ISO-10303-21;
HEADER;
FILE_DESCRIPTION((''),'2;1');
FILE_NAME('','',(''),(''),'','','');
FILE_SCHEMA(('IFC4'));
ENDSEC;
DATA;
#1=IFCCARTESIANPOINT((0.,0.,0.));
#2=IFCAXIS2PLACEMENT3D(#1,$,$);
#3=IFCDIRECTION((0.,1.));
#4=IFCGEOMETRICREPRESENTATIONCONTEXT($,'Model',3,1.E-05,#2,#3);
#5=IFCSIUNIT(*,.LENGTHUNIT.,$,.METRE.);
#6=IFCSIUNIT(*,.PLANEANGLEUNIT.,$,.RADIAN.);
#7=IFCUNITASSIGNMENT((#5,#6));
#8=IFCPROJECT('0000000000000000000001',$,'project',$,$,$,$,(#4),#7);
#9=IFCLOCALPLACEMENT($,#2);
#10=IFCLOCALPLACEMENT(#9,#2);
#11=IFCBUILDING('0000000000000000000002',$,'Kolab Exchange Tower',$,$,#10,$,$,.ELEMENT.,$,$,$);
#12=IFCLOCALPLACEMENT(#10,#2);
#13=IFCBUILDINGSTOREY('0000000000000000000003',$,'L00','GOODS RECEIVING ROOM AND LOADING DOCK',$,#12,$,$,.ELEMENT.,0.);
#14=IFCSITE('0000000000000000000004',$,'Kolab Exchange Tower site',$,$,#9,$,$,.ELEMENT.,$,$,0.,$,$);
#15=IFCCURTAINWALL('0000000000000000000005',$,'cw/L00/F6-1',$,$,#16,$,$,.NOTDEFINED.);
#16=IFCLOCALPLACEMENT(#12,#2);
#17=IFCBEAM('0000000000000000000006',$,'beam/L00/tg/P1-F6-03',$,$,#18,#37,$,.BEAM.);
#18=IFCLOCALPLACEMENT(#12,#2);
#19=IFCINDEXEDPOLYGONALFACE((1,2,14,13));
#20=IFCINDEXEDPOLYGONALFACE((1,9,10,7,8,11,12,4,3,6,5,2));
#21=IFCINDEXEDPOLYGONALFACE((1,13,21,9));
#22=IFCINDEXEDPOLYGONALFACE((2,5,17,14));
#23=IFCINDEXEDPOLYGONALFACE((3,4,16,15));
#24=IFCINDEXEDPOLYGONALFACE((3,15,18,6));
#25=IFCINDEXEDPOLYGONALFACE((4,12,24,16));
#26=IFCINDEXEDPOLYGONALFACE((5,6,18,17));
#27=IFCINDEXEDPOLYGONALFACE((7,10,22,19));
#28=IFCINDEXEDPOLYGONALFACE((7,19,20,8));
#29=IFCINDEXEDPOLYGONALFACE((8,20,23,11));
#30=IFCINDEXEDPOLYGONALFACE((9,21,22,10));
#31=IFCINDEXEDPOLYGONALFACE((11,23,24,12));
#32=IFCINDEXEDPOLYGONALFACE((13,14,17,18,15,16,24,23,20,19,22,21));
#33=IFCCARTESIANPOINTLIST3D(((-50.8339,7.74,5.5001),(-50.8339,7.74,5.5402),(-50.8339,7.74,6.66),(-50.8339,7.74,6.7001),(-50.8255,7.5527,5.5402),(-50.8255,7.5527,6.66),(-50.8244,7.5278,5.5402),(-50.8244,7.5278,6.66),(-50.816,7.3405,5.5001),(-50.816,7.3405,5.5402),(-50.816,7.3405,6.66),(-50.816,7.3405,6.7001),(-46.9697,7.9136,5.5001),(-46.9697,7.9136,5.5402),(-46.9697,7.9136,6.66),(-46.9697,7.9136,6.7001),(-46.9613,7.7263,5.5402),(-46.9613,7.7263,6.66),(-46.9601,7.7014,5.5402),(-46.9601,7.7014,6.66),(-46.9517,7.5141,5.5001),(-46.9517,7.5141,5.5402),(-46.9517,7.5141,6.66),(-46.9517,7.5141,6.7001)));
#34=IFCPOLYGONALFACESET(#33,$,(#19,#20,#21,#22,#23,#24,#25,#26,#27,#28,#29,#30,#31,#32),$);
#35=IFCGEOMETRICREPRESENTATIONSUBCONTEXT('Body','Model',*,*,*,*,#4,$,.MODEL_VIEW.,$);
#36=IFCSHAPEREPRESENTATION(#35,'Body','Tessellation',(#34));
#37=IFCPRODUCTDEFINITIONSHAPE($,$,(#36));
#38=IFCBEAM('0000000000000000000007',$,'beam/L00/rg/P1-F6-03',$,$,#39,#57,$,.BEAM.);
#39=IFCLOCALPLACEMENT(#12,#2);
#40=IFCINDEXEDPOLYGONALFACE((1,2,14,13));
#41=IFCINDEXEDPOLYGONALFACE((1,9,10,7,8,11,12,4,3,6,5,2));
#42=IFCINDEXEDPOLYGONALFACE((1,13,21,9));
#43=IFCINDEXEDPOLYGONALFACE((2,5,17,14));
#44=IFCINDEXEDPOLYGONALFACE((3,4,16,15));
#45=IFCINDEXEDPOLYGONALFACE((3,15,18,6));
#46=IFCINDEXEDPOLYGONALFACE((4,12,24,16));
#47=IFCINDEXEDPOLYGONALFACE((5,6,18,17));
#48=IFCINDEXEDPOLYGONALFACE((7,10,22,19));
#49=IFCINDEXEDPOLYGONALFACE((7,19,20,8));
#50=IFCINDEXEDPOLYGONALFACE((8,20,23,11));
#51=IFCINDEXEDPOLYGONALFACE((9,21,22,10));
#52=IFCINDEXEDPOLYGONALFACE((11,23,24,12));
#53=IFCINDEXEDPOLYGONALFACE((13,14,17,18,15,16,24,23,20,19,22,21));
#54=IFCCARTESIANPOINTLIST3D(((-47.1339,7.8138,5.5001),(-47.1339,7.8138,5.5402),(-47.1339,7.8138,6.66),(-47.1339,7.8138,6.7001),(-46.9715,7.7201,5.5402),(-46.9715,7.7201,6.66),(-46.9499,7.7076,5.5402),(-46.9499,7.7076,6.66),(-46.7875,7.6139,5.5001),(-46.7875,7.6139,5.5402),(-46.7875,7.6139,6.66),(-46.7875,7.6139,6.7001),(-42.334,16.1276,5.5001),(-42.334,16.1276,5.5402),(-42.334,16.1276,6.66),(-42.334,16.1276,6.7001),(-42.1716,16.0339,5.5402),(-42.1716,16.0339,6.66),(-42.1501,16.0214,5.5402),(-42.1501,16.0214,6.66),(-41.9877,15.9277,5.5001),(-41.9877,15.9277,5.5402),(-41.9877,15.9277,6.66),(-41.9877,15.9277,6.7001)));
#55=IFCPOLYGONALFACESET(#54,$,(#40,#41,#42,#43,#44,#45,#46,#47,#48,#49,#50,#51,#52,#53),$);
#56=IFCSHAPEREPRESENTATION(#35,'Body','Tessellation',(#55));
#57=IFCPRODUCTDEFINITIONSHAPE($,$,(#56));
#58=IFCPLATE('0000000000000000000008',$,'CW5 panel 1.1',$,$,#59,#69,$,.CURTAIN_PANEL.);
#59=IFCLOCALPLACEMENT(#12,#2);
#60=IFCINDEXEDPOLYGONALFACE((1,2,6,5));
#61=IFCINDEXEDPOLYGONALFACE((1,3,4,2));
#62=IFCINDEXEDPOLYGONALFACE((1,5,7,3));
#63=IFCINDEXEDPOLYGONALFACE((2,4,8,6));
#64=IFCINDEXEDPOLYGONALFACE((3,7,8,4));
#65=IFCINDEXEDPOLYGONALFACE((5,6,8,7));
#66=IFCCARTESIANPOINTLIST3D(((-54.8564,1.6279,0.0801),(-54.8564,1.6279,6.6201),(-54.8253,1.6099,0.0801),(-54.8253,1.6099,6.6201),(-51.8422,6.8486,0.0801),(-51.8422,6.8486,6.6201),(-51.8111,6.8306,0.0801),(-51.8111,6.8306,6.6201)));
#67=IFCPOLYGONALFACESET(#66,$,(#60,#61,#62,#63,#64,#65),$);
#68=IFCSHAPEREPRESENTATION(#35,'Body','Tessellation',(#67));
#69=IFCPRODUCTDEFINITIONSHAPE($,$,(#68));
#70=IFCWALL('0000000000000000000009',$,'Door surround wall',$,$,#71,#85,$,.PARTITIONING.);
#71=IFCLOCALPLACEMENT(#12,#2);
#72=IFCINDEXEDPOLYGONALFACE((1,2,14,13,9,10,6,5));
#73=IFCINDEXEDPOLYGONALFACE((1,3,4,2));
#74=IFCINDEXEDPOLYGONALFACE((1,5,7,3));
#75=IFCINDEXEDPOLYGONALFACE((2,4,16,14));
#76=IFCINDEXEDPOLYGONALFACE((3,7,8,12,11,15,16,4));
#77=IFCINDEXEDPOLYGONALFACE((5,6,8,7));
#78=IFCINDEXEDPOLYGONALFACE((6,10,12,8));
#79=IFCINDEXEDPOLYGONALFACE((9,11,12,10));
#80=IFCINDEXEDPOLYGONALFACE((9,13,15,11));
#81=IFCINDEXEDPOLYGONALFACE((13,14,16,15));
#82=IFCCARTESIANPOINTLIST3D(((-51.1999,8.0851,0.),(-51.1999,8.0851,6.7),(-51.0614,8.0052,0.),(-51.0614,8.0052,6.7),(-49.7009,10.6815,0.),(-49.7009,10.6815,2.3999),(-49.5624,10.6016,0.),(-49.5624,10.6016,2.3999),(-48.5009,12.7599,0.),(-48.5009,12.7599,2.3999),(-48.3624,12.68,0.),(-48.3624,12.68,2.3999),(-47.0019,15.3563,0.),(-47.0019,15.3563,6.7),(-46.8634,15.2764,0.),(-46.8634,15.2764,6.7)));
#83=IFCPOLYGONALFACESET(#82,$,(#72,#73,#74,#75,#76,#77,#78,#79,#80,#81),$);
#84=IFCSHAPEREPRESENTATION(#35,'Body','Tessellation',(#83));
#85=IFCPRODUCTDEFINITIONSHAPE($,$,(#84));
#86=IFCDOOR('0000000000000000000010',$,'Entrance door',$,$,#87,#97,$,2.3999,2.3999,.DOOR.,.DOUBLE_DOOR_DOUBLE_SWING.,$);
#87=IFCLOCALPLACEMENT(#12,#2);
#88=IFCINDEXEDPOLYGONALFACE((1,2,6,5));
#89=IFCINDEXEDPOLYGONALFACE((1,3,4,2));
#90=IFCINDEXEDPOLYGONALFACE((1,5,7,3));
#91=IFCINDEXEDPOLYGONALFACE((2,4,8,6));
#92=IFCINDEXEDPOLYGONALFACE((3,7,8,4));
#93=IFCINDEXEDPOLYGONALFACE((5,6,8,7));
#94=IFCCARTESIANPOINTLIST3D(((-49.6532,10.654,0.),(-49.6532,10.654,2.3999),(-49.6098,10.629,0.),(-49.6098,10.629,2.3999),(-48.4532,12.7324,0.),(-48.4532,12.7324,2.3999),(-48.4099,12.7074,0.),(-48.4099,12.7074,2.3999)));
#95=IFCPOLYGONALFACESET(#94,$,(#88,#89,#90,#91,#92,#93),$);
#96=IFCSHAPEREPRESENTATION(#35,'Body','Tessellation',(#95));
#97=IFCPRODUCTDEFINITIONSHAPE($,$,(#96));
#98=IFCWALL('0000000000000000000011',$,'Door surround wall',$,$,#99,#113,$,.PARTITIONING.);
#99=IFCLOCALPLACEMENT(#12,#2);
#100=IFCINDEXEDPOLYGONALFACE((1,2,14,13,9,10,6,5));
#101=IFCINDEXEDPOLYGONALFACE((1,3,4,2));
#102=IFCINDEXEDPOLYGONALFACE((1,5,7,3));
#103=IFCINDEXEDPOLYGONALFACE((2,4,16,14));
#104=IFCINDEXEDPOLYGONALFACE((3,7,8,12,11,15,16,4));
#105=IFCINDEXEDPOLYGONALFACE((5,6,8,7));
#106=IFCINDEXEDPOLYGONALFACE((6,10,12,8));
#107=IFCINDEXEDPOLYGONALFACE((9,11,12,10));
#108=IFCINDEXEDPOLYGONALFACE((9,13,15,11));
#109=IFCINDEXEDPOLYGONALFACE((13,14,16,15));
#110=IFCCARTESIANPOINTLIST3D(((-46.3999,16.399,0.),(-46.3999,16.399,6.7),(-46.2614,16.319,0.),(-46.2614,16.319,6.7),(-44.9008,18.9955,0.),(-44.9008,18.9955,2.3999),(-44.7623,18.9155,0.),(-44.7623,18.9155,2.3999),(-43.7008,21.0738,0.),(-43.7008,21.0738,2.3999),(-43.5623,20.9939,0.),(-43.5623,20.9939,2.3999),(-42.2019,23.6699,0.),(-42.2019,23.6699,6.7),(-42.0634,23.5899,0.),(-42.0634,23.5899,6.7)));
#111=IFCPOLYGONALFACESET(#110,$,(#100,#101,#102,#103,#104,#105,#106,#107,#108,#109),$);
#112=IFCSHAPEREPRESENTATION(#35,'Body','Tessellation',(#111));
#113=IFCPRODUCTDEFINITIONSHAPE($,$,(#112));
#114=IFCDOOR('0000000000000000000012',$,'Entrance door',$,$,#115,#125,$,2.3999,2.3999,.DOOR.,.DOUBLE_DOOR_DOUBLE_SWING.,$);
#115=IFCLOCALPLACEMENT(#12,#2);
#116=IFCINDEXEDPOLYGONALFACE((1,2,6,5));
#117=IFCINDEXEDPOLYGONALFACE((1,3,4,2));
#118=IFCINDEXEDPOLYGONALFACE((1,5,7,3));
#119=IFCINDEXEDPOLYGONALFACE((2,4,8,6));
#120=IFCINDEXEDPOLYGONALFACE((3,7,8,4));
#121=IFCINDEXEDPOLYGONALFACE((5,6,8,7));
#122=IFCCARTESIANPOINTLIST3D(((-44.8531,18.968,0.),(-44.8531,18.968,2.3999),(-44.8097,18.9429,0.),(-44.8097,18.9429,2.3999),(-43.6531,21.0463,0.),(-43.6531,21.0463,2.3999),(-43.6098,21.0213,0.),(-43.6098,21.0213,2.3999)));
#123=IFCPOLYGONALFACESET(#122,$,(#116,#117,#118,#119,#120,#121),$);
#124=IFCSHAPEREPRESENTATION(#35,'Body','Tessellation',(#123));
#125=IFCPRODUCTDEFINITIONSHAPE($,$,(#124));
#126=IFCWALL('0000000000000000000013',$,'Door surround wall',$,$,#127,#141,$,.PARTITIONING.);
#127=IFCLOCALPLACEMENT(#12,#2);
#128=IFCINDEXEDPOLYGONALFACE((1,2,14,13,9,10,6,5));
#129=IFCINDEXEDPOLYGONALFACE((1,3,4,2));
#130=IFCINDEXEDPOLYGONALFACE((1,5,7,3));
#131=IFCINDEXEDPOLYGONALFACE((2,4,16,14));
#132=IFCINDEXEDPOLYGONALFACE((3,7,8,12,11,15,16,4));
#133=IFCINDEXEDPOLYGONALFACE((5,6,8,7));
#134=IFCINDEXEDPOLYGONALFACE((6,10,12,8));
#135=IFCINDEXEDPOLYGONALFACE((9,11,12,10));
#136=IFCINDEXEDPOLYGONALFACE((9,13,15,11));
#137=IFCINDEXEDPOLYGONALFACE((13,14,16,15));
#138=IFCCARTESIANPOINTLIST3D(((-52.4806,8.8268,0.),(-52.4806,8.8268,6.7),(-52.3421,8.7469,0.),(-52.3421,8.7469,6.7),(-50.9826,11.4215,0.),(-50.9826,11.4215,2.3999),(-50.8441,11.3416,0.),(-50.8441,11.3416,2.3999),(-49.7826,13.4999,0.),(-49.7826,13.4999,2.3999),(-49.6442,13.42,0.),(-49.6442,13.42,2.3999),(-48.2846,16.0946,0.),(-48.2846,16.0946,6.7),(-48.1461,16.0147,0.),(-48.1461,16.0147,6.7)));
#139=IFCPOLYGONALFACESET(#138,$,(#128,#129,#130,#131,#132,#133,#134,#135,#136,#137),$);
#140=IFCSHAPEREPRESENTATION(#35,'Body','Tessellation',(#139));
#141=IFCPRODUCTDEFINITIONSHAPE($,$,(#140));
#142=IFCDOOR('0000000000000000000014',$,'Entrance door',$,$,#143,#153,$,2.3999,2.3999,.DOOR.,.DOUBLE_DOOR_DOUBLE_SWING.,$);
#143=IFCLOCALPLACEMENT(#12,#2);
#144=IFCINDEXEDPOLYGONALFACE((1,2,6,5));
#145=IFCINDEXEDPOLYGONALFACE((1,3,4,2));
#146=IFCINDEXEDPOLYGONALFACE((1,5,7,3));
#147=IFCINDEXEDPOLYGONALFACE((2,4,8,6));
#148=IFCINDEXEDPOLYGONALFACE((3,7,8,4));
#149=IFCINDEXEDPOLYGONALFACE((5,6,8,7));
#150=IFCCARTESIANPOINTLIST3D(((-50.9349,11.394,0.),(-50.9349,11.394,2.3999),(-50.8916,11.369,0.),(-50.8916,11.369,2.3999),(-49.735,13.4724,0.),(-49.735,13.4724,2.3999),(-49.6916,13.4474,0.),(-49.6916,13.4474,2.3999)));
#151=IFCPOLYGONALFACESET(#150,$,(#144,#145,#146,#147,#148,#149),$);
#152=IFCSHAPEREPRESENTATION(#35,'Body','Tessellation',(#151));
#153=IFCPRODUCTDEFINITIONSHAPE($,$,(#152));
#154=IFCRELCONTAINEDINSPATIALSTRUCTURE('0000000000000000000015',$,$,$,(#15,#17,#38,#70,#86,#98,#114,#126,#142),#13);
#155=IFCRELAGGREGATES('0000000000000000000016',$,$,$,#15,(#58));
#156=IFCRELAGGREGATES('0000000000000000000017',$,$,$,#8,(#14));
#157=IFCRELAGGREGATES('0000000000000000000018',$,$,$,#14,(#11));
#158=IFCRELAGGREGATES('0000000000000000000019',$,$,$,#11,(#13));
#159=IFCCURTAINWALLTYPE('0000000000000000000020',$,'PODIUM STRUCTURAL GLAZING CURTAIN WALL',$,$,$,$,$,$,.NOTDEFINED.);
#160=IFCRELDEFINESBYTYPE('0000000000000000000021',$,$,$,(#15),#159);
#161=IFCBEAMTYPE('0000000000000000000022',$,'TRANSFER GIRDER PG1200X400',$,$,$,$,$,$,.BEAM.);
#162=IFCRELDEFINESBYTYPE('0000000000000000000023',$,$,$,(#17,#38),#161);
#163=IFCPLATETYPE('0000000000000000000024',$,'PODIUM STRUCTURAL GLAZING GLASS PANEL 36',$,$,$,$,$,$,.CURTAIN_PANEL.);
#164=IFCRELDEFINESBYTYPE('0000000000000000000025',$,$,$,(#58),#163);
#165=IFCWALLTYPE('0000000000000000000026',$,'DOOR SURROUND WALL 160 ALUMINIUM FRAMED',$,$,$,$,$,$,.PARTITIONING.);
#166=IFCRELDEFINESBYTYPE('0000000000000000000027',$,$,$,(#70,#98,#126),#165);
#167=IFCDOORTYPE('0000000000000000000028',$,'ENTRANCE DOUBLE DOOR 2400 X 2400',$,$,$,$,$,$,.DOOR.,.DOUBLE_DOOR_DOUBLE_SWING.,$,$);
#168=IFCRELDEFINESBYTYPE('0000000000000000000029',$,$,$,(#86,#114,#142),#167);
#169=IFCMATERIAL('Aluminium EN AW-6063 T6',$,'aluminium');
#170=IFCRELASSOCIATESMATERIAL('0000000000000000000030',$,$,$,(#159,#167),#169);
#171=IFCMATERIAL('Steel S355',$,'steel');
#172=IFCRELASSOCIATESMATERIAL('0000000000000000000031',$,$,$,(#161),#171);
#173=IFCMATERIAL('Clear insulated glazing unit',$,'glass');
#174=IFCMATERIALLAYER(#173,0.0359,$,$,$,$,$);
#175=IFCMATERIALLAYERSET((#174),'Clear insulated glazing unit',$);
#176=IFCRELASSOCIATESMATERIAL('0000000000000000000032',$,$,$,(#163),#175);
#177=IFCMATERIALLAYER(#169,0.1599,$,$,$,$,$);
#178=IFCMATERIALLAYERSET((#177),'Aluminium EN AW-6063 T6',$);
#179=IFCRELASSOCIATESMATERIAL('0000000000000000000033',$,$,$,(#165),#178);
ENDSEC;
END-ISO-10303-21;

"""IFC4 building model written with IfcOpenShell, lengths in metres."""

from ifc_helpers import new_model, si_unit, direction, frame, frame_2d, origin, origin_2d, place, context, subcontext, project, spatial, rectangle, i_section, extrude, material, layer, layer_set, material_profile, profile_set, type_object, element, fill, aggregate, save


model = new_model("IFC4")

# Units and contexts
model_context = context("Model", 3, precision=1e-05, world=origin(), true_north=direction((0.0, 1.0)))
body_context = subcontext(model_context, "Body", "Model", "MODEL_VIEW")
ifc_project = project(units=[si_unit("LENGTHUNIT", "METRE"), si_unit("PLANEANGLEUNIT", "RADIAN")], contexts=[model_context])

# Site, building, storey
site_placement = place(None, origin())
site = spatial("IfcSite", under=ifc_project, at=site_placement, Name="Kolab Exchange Tower site", CompositionType="ELEMENT", RefElevation=0.0)
building_placement = place(site_placement, origin())
building = spatial("IfcBuilding", under=site, at=building_placement, Name="Kolab Exchange Tower", CompositionType="ELEMENT")
storey_placement = place(building_placement, origin())
storey = spatial("IfcBuildingStorey", under=building, at=storey_placement, Name="L00", Description="GOODS RECEIVING ROOM AND LOADING DOCK", CompositionType="ELEMENT", Elevation=0.0)

# Curtain wall
ifc_material_1 = material(Name="Aluminium EN AW-6063 T6", Category="aluminium")
curtain_wall_type = type_object("IfcCurtainWallType", Name="PODIUM STRUCTURAL GLAZING CURTAIN WALL", PredefinedType="NOTDEFINED", material=ifc_material_1)
curtain_wall_placement = place(storey_placement, origin())
curtain_wall = element("IfcCurtainWall", 1, at=curtain_wall_placement, inside=storey, type_object=curtain_wall_type, Name="cw/L00/F6-1", PredefinedType="NOTDEFINED")

# Beams
ifc_material_2 = material(Name="Steel S355", Category="steel")
ifc_material_profile_1 = material_profile(ifc_material_2, i_section(OverallWidth=0.3999, OverallDepth=1.2, WebThickness=0.0249, FlangeThickness=0.04, at=origin_2d()), Name="PG1200X400")
ifc_profile_set_1 = profile_set([ifc_material_profile_1], Name="Steel S355")
beam_type = type_object("IfcBeamType", Name="TRANSFER GIRDER PG1200X400", PredefinedType="BEAM", material=ifc_profile_set_1)
beam_1_placement = place(storey_placement, frame((-46.9607, 7.7139, 6.1001), z_axis=(-0.998993, -0.044875, 0.0), x_axis=(0.044875, -0.998993, 0.0)))
element("IfcBeam", 2, at=beam_1_placement, inside=storey, type_object=beam_type, Name="beam/L00/tg/P1-F6-03", PredefinedType="BEAM", context=body_context, shape_type="SweptSolid", body=[
    extrude(i_section(OverallWidth=0.3999, OverallDepth=1.2, WebThickness=0.0249, FlangeThickness=0.04, at=origin_2d()), origin(), (0.0, 0.0, 1.0), 3.8682),
])
beam_2_placement = place(storey_placement, frame((-46.9607, 7.7139, 6.1001), z_axis=(0.49999, 0.866031, 0.0), x_axis=(-0.866031, 0.49999, 0.0)))
element("IfcBeam", 3, at=beam_2_placement, inside=storey, type_object=beam_type, Name="beam/L00/rg/P1-F6-03", PredefinedType="BEAM", context=body_context, shape_type="SweptSolid", body=[
    extrude(i_section(OverallWidth=0.3999, OverallDepth=1.2, WebThickness=0.0249, FlangeThickness=0.04, at=origin_2d()), origin(), (0.0, 0.0, 1.0), 9.5999),
])

# Plate
ifc_material_3 = material(Name="Clear insulated glazing unit", Category="glass")
ifc_layer_1 = layer(ifc_material_3, 0.0359)
ifc_layer_set_1 = layer_set([ifc_layer_1], Name="Clear insulated glazing unit")
plate_type = type_object("IfcPlateType", Name="PODIUM STRUCTURAL GLAZING GLASS PANEL 36", PredefinedType="CURTAIN_PANEL", material=ifc_layer_set_1)
plate_placement = place(storey_placement, frame((-53.3337, 4.2292, 0.0801), z_axis=(0.0, 0.0, 1.0), x_axis=(0.5, 0.866025, 0.0)))
plate = element("IfcPlate", 4, at=plate_placement, type_object=plate_type, Name="CW5 panel 1.1", PredefinedType="CURTAIN_PANEL", context=body_context, shape_type="SweptSolid", body=[
    extrude(rectangle(XDim=6.0283, YDim=0.0359, at=origin_2d()), origin(), (0.0, 0.0, 1.0), 6.54),
])
aggregate(curtain_wall, [plate])

# Walls, openings, doors
ifc_layer_2 = layer(ifc_material_1, 0.1599)
ifc_layer_set_2 = layer_set([ifc_layer_2], Name="Aluminium EN AW-6063 T6")
wall_type_1 = type_object("IfcWallType", Name="DOOR SURROUND WALL 160 ALUMINIUM FRAMED", PredefinedType="PARTITIONING", material=ifc_layer_set_2)
wall_1_placement = place(storey_placement, frame((-51.1306, 8.0452, 0.0), z_axis=(0.0, 0.0, 1.0), x_axis=(0.499995, 0.866028, 0.0)))
wall_1 = element("IfcWall", 5, at=wall_1_placement, inside=storey, type_object=wall_type_1, Name="Door surround wall", PredefinedType="PARTITIONING", context=body_context, shape_type="SweptSolid", body=[
    extrude(rectangle(XDim=8.396, YDim=0.1599, at=frame_2d((4.198, 0.0))), origin(), (0.0, 0.0, 1.0), 6.7),
])
opening_1_placement = place(wall_1_placement, frame((2.998, 0.0, 0.0)))
opening_1 = element("IfcOpeningElement", 6, at=opening_1_placement, cuts=wall_1, PredefinedType="OPENING", context=body_context, shape_type="SweptSolid", body=[
    extrude(rectangle(XDim=2.3999, YDim=2.3999, at=frame_2d((1.2, 1.2))), frame((0.0, 0.0898, 0.0), z_axis=(0.0, -1.0, 0.0), x_axis=(1.0, 0.0, 0.0)), (0.0, 0.0, 1.0), 0.1799),
])
door_type = type_object("IfcDoorType", Name="ENTRANCE DOUBLE DOOR 2400 X 2400", OperationType="DOUBLE_DOOR_DOUBLE_SWING", PredefinedType="DOOR", material=ifc_material_1)
door_1_placement = place(opening_1_placement, origin())
door_1 = element("IfcDoor", 7, at=door_1_placement, inside=storey, type_object=door_type, Name="Entrance door", OperationType="DOUBLE_DOOR_DOUBLE_SWING", OverallHeight=2.3999, OverallWidth=2.3999, PredefinedType="DOOR", context=body_context, shape_type="SweptSolid", body=[
    extrude(rectangle(XDim=2.3999, YDim=2.3999, at=frame_2d((1.2, 1.2))), frame((0.0, 0.0249, 0.0), z_axis=(0.0, -1.0, 0.0), x_axis=(1.0, 0.0, 0.0)), (0.0, 0.0, 1.0), 0.05),
])
fill(opening_1, door_1)
wall_2_placement = place(storey_placement, frame((-46.3306, 16.3591, 0.0), z_axis=(0.0, 0.0, 1.0), x_axis=(0.500008, 0.866021, 0.0)))
wall_2 = element("IfcWall", 8, at=wall_2_placement, inside=storey, type_object=wall_type_1, Name="Door surround wall", PredefinedType="PARTITIONING", context=body_context, shape_type="SweptSolid", body=[
    extrude(rectangle(XDim=8.3958, YDim=0.1599, at=frame_2d((4.1978, 0.0))), origin(), (0.0, 0.0, 1.0), 6.7),
])
opening_2_placement = place(wall_2_placement, frame((2.998, 0.0, 0.0)))
opening_2 = element("IfcOpeningElement", 9, at=opening_2_placement, cuts=wall_2, PredefinedType="OPENING", context=body_context, shape_type="SweptSolid", body=[
    extrude(rectangle(XDim=2.3999, YDim=2.3999, at=frame_2d((1.2, 1.2))), frame((0.0, 0.0898, 0.0), z_axis=(0.0, -1.0, 0.0), x_axis=(1.0, 0.0, 0.0)), (0.0, 0.0, 1.0), 0.1799),
])
door_2_placement = place(opening_2_placement, origin())
door_2 = element("IfcDoor", 10, at=door_2_placement, inside=storey, type_object=door_type, Name="Entrance door", OperationType="DOUBLE_DOOR_DOUBLE_SWING", OverallHeight=2.3999, OverallWidth=2.3999, PredefinedType="DOOR", context=body_context, shape_type="SweptSolid", body=[
    extrude(rectangle(XDim=2.3999, YDim=2.3999, at=frame_2d((1.2, 1.2))), frame((0.0, 0.0249, 0.0), z_axis=(0.0, -1.0, 0.0), x_axis=(1.0, 0.0, 0.0)), (0.0, 0.0, 1.0), 0.05),
])
fill(opening_2, door_2)
wall_3_placement = place(storey_placement, frame((-52.4114, 8.7869, 0.0), z_axis=(0.0, 0.0, 1.0), x_axis=(0.499997, 0.866027, 0.0)))
wall_3 = element("IfcWall", 11, at=wall_3_placement, inside=storey, type_object=wall_type_1, Name="Door surround wall", PredefinedType="PARTITIONING", context=body_context, shape_type="SweptSolid", body=[
    extrude(rectangle(XDim=8.3921, YDim=0.1599, at=frame_2d((4.196, 0.0))), origin(), (0.0, 0.0, 1.0), 6.7),
])
opening_3_placement = place(wall_3_placement, frame((2.9961, 0.0, 0.0)))
opening_3 = element("IfcOpeningElement", 12, at=opening_3_placement, cuts=wall_3, PredefinedType="OPENING", context=body_context, shape_type="SweptSolid", body=[
    extrude(rectangle(XDim=2.3999, YDim=2.3999, at=frame_2d((1.2, 1.2))), frame((0.0, 0.0898, 0.0), z_axis=(0.0, -1.0, 0.0), x_axis=(1.0, 0.0, 0.0)), (0.0, 0.0, 1.0), 0.1799),
])
door_3_placement = place(opening_3_placement, origin())
door_3 = element("IfcDoor", 13, at=door_3_placement, inside=storey, type_object=door_type, Name="Entrance door", OperationType="DOUBLE_DOOR_DOUBLE_SWING", OverallHeight=2.3999, OverallWidth=2.3999, PredefinedType="DOOR", context=body_context, shape_type="SweptSolid", body=[
    extrude(rectangle(XDim=2.3999, YDim=2.3999, at=frame_2d((1.2, 1.2))), frame((0.0, 0.0249, 0.0), z_axis=(0.0, -1.0, 0.0), x_axis=(1.0, 0.0, 0.0)), (0.0, 0.0, 1.0), 0.05),
])
fill(opening_3, door_3)

save(model, "model.ifc")
